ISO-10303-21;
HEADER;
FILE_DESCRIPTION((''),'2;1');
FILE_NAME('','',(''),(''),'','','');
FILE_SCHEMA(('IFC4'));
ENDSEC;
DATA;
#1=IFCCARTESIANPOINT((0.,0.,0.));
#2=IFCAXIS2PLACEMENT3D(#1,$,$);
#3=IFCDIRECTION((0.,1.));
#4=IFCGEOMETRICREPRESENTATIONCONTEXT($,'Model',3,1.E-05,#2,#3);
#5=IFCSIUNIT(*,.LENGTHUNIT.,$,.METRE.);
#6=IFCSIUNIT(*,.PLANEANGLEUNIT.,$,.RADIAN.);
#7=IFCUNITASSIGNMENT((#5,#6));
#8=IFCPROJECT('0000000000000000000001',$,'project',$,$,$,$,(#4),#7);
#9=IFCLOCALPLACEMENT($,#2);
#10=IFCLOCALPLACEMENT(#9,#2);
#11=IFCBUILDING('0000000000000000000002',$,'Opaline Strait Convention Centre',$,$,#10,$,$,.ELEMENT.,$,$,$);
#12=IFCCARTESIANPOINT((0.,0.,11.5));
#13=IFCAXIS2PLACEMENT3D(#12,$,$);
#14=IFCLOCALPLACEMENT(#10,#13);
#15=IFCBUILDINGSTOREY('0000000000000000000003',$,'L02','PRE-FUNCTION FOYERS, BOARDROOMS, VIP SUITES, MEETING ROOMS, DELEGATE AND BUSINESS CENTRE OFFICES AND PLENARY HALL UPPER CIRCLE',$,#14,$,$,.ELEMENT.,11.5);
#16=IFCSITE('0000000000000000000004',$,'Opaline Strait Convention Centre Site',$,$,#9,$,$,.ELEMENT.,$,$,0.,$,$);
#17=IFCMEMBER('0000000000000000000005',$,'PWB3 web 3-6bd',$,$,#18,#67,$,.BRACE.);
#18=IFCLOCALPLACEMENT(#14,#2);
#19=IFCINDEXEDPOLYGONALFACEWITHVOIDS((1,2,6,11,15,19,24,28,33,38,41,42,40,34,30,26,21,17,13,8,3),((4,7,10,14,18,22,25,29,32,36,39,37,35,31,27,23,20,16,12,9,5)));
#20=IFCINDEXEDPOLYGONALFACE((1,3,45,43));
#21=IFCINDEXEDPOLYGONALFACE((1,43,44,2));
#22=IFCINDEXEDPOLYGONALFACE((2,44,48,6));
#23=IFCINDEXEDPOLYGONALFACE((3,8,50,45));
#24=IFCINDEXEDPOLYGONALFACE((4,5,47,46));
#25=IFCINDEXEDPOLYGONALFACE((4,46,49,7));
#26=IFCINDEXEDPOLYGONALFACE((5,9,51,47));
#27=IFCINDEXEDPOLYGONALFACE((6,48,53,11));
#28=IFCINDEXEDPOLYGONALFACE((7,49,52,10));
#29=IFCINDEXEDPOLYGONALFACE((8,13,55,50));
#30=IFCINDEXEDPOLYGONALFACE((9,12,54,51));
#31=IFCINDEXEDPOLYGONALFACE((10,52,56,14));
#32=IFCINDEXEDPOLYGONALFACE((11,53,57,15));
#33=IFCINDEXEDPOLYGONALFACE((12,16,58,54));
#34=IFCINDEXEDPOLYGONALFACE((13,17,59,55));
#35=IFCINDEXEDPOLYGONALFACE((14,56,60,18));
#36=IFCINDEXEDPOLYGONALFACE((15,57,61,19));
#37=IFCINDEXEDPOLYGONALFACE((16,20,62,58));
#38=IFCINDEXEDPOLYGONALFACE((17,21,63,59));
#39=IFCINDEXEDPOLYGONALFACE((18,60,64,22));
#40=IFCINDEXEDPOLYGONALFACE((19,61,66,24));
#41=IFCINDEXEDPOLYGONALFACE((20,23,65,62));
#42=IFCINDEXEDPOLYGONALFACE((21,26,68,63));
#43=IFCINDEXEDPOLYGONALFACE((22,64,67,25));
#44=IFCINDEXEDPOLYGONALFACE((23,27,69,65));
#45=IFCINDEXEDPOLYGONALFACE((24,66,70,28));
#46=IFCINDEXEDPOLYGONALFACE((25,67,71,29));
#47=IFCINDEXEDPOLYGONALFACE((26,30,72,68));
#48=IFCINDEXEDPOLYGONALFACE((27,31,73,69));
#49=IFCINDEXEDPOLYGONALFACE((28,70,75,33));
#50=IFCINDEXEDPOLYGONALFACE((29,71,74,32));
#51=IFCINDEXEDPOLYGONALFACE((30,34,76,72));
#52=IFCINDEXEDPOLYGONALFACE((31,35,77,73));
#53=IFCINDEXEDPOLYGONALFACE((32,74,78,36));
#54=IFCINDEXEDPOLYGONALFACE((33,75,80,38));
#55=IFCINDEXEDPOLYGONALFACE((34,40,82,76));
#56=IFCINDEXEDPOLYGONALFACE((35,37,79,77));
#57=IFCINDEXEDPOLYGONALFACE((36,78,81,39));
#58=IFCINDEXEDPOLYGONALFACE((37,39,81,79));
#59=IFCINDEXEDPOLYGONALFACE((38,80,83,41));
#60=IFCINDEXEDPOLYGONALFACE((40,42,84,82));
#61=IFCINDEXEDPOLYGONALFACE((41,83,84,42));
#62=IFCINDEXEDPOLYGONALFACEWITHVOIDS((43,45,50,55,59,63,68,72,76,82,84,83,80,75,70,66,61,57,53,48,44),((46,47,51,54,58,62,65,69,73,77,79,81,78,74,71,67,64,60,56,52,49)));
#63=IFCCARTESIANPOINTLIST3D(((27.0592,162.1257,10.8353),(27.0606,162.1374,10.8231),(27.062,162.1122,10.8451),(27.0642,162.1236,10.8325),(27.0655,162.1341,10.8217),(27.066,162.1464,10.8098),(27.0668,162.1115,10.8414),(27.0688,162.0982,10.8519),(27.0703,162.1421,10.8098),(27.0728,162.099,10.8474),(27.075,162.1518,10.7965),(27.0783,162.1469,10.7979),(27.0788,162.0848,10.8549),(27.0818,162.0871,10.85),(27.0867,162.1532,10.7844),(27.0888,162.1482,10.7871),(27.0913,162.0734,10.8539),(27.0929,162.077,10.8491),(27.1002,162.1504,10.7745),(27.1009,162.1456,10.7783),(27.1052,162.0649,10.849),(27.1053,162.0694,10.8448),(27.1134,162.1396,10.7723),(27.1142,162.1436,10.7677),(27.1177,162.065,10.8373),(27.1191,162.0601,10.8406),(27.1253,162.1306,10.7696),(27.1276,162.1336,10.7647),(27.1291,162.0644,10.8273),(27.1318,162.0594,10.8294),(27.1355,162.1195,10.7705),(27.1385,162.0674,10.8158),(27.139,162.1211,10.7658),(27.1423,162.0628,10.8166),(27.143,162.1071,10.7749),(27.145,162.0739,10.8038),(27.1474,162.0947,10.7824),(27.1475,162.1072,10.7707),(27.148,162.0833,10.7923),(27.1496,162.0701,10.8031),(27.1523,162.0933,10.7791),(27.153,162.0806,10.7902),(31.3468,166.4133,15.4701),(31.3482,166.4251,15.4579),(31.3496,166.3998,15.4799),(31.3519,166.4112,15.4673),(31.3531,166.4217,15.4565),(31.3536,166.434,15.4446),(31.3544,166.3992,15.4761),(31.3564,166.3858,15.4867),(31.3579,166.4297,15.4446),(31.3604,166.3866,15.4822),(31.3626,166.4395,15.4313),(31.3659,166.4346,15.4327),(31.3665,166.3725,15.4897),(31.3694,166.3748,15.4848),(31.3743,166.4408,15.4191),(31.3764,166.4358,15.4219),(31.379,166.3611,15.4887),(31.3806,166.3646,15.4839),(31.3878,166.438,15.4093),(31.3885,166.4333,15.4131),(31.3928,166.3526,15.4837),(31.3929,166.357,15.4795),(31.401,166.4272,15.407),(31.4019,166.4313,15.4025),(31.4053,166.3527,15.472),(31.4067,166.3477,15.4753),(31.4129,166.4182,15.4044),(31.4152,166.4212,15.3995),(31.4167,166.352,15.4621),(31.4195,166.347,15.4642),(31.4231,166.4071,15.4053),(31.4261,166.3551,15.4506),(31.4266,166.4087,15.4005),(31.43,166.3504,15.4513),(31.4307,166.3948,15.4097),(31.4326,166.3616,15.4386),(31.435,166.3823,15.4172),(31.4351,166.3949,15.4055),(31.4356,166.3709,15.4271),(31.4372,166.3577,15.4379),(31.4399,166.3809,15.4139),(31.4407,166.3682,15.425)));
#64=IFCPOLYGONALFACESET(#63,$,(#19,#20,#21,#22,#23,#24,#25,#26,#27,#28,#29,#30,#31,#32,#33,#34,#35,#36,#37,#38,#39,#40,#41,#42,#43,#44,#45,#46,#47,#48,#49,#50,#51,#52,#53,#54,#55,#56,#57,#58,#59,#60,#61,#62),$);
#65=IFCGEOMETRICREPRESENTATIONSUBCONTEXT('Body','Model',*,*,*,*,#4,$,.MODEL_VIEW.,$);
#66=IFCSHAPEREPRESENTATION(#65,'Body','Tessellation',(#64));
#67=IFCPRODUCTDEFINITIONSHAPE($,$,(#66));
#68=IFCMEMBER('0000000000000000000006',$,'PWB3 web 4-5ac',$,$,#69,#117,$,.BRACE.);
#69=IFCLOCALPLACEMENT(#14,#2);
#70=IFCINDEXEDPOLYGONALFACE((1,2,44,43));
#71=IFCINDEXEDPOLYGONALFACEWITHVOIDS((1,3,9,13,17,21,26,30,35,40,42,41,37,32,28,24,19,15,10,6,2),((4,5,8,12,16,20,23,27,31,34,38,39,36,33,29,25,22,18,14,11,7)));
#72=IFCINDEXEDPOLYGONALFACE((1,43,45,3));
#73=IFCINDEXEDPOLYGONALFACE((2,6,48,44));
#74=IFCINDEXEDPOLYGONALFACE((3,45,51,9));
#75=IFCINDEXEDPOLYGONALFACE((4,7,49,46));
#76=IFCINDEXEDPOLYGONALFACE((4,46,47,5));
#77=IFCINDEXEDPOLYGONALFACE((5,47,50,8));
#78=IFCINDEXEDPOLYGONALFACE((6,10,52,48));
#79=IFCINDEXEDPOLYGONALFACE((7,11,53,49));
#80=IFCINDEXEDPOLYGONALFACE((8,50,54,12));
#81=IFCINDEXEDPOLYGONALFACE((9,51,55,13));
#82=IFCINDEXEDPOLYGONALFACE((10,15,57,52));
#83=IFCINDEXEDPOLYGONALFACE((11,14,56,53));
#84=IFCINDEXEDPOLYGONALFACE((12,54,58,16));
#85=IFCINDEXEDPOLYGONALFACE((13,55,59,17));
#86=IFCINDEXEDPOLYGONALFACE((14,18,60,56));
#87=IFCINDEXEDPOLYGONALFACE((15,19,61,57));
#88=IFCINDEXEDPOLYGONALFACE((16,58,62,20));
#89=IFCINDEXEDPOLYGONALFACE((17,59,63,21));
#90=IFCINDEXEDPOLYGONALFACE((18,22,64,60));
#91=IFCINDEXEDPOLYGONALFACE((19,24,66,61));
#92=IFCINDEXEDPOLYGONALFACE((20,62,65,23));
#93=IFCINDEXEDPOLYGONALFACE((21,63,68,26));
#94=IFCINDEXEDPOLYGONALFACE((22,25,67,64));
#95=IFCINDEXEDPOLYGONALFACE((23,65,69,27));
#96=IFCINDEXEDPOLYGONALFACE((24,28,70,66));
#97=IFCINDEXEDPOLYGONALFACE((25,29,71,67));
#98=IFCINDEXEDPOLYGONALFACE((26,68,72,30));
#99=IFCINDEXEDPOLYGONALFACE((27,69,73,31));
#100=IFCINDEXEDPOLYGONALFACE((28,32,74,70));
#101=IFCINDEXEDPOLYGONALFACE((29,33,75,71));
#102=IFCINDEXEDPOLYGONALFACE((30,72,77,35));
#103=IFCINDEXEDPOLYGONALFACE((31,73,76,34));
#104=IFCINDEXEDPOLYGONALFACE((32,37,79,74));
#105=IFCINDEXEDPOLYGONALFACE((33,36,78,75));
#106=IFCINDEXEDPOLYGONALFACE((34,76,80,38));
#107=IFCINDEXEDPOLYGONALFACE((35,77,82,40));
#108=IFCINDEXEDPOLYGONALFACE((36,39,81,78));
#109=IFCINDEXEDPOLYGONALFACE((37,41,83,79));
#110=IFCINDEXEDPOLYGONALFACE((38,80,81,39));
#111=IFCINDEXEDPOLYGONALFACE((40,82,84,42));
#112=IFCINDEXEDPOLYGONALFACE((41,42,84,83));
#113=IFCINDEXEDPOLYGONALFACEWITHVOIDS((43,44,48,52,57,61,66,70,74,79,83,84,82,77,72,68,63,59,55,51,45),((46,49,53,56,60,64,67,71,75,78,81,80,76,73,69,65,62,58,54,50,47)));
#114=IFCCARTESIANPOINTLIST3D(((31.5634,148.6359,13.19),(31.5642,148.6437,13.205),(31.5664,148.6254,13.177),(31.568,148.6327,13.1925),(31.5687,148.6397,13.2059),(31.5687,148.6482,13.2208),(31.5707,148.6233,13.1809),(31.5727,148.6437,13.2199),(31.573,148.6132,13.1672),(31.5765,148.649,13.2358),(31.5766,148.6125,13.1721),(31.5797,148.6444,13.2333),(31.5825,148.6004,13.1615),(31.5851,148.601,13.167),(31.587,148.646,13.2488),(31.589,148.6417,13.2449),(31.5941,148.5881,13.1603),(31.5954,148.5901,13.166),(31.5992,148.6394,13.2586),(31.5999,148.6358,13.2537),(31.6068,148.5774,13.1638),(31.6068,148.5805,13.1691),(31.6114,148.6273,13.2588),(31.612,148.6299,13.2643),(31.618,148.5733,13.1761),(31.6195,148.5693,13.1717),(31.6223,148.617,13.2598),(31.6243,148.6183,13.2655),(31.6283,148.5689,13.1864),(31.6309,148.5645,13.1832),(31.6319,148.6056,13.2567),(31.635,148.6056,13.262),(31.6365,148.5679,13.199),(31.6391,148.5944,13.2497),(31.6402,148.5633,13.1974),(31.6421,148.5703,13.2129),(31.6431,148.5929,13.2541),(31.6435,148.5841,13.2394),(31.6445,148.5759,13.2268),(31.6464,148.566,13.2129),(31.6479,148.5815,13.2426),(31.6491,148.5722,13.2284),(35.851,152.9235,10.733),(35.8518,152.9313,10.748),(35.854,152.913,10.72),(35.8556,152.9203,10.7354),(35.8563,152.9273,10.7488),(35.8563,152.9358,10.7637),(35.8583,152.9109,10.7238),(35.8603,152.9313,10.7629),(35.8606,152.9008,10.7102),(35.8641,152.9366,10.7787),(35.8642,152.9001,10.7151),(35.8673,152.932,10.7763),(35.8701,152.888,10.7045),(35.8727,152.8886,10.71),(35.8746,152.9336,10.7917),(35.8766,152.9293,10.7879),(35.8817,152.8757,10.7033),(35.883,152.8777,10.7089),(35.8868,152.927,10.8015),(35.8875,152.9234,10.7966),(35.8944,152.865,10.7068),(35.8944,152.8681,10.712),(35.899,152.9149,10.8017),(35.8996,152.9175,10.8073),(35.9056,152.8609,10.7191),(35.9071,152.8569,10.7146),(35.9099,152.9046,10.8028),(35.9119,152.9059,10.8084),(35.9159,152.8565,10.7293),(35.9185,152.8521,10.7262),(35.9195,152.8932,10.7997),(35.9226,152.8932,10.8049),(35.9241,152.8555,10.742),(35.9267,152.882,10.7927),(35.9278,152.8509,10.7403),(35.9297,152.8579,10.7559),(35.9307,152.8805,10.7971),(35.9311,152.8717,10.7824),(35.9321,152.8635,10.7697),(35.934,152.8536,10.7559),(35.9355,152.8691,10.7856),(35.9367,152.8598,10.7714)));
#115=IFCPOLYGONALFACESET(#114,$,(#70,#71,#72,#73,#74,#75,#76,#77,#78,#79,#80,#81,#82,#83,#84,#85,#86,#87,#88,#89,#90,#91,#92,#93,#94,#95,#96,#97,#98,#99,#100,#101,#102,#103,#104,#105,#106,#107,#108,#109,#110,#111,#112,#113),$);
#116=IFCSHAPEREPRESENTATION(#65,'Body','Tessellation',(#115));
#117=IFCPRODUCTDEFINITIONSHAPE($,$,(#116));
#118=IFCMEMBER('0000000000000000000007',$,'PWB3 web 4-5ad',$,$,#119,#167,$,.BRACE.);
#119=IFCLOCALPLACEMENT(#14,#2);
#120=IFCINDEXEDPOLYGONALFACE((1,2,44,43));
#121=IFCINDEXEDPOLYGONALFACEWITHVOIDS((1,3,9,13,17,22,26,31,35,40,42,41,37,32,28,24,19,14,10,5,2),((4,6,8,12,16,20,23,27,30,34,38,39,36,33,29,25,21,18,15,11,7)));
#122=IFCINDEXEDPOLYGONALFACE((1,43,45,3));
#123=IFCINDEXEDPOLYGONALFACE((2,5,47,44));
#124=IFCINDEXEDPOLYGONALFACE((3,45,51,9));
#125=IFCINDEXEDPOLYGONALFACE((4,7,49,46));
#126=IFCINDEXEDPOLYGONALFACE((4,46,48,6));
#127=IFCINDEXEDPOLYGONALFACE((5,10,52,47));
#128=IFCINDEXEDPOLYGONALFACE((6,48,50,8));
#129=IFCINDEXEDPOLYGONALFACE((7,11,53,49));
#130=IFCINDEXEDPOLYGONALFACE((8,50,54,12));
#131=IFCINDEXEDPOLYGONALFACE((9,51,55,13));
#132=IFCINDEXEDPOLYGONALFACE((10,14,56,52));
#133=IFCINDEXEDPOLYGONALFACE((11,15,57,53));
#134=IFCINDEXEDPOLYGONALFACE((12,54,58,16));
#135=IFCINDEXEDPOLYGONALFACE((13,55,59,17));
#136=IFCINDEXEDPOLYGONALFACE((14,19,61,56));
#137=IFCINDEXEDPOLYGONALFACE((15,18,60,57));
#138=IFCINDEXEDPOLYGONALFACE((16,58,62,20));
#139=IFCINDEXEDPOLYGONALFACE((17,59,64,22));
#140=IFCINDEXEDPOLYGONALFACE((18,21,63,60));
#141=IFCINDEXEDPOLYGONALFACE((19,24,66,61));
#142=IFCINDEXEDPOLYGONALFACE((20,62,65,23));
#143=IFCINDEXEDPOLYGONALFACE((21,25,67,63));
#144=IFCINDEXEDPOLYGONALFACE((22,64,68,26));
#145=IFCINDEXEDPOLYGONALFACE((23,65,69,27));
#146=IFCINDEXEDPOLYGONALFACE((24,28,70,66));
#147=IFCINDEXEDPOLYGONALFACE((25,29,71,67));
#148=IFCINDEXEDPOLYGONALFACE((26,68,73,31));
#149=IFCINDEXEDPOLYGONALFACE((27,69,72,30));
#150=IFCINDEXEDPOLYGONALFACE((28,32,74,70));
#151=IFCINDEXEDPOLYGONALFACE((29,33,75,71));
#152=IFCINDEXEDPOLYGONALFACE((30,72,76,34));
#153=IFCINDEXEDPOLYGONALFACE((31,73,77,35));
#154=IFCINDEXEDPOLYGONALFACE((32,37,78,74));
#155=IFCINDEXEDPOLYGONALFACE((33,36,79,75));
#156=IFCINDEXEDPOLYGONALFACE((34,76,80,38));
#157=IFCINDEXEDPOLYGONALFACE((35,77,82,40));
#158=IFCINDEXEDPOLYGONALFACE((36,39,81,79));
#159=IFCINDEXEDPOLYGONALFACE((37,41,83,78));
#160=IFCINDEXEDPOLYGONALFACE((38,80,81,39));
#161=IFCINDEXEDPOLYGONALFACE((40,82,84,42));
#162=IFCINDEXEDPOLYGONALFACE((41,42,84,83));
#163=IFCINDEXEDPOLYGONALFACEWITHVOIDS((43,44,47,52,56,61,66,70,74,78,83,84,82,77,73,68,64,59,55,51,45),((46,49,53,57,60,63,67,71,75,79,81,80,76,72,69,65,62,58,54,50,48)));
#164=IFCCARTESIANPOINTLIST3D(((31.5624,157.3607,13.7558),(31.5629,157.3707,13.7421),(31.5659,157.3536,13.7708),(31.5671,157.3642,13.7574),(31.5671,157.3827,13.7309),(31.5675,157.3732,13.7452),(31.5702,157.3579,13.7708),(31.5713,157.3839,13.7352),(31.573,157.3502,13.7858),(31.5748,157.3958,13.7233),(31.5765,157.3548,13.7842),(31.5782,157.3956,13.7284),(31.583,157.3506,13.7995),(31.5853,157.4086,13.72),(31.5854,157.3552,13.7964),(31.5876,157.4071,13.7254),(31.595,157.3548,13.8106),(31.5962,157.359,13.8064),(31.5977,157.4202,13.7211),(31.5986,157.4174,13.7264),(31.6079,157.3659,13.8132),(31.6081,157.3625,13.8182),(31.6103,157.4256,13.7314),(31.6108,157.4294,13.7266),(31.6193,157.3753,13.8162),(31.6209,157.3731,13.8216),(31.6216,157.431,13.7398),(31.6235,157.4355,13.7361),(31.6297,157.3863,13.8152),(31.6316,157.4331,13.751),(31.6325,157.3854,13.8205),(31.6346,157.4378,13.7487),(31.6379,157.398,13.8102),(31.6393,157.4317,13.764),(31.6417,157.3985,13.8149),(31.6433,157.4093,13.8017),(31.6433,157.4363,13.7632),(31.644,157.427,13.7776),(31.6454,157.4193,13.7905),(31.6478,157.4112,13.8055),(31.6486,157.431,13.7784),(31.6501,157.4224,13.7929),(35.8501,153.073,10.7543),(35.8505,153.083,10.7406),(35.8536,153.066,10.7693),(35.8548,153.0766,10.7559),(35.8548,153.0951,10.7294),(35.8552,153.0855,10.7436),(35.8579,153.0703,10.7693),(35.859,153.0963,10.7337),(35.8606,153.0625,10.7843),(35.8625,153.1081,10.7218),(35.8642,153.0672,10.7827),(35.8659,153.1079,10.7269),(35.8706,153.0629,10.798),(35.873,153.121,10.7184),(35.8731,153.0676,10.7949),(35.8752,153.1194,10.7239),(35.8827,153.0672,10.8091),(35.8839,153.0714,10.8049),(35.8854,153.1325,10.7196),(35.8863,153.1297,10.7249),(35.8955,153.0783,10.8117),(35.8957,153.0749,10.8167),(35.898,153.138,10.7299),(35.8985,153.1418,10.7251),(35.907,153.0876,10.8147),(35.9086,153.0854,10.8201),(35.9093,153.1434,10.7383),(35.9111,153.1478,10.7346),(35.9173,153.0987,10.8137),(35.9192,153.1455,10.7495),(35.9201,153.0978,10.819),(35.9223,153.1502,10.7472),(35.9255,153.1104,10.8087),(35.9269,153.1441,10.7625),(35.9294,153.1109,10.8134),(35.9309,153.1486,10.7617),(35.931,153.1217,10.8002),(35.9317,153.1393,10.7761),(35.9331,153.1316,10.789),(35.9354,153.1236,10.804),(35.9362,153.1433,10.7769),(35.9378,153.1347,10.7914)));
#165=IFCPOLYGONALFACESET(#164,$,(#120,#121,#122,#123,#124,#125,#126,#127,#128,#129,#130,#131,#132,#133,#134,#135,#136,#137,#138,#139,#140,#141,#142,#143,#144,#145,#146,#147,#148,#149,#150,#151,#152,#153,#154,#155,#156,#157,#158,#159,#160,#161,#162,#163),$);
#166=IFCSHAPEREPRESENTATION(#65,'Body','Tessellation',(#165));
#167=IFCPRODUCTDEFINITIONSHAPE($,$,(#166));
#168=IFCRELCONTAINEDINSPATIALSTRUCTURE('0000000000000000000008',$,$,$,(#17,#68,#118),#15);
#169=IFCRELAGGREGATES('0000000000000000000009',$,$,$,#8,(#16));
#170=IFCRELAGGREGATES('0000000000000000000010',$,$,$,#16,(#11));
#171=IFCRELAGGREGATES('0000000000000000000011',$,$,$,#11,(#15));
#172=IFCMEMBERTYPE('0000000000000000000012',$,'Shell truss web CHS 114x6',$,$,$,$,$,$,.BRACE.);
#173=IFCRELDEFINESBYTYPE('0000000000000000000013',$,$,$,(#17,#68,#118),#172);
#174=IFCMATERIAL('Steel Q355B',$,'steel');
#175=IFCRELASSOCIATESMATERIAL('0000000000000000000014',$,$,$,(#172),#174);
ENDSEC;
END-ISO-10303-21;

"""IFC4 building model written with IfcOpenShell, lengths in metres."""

from ifc_helpers import new_model, si_unit, direction, frame, origin, origin_2d, place, context, subcontext, project, spatial, hollow_circle, extrude, material, material_profile, profile_set, type_object, element, save


model = new_model("IFC4")

# Units and contexts
model_context = context("Model", 3, precision=1e-05, world=origin(), true_north=direction((0.0, 1.0)))
body_context = subcontext(model_context, "Body", "Model", "MODEL_VIEW")
ifc_project = project(units=[si_unit("LENGTHUNIT", "METRE"), si_unit("PLANEANGLEUNIT", "RADIAN")], contexts=[model_context])

# Site, building, storey
site_placement = place(None, origin())
site = spatial("IfcSite", under=ifc_project, at=site_placement, Name="Opaline Strait Convention Centre Site", CompositionType="ELEMENT", RefElevation=0.0)
building_placement = place(site_placement, origin())
building = spatial("IfcBuilding", under=site, at=building_placement, Name="Opaline Strait Convention Centre", CompositionType="ELEMENT")
storey_placement = place(building_placement, frame((0.0, 0.0, 11.5)))
storey = spatial("IfcBuildingStorey", under=building, at=storey_placement, Name="L02", Description="PRE-FUNCTION FOYERS, BOARDROOMS, VIP SUITES, MEETING ROOMS, DELEGATE AND BUSINESS CENTRE OFFICES AND PLENARY HALL UPPER CIRCLE", CompositionType="ELEMENT", Elevation=11.5)

# Members
ifc_material_1 = material(Name="Steel Q355B", Category="steel")
ifc_material_profile_1 = material_profile(ifc_material_1, hollow_circle(Radius=0.0569, WallThickness=0.0061, at=origin_2d()), Name="CHS 114x6")
ifc_profile_set_1 = profile_set([ifc_material_profile_1], Name="Steel Q355B")
member_type_1 = type_object("IfcMemberType", Name="Shell truss web CHS 114x6", PredefinedType="BRACE", material=ifc_profile_set_1)
member_1_placement = place(storey_placement, frame((27.1062, 162.1062, 10.8098), z_axis=(0.561789, 0.561789, 0.607277), x_axis=(-0.707107, 0.707107, 0.0)))
element("IfcMember", 1, at=member_1_placement, inside=storey, type_object=member_type_1, Name="PWB3 web 3-6bd", PredefinedType="BRACE", context=body_context, shape_type="SweptSolid", body=[
    extrude(hollow_circle(Radius=0.0569, WallThickness=0.0061, at=origin_2d()), origin(), (0.0, 0.0, 1.0), 7.6321),
])
member_2_placement = place(storey_placement, frame((35.8938, 152.8938, 10.7559), z_axis=(-0.655348, -0.655348, 0.375551), x_axis=(0.707107, -0.707107, 0.0)))
element("IfcMember", 2, at=member_2_placement, inside=storey, type_object=member_type_1, Name="PWB3 web 4-5ac", PredefinedType="BRACE", context=body_context, shape_type="SweptSolid", body=[
    extrude(hollow_circle(Radius=0.0569, WallThickness=0.0061, at=origin_2d()), origin(), (0.0, 0.0, 1.0), 6.5425),
])
member_3_placement = place(storey_placement, frame((35.8938, 153.1062, 10.7693), z_axis=(-0.633718, 0.633718, 0.443624), x_axis=(-0.707107, -0.707107, 0.0)))
element("IfcMember", 3, at=member_3_placement, inside=storey, type_object=member_type_1, Name="PWB3 web 4-5ad", PredefinedType="BRACE", context=body_context, shape_type="SweptSolid", body=[
    extrude(hollow_circle(Radius=0.0569, WallThickness=0.0061, at=origin_2d()), origin(), (0.0, 0.0, 1.0), 6.7659),
])

save(model, "model.ifc")
